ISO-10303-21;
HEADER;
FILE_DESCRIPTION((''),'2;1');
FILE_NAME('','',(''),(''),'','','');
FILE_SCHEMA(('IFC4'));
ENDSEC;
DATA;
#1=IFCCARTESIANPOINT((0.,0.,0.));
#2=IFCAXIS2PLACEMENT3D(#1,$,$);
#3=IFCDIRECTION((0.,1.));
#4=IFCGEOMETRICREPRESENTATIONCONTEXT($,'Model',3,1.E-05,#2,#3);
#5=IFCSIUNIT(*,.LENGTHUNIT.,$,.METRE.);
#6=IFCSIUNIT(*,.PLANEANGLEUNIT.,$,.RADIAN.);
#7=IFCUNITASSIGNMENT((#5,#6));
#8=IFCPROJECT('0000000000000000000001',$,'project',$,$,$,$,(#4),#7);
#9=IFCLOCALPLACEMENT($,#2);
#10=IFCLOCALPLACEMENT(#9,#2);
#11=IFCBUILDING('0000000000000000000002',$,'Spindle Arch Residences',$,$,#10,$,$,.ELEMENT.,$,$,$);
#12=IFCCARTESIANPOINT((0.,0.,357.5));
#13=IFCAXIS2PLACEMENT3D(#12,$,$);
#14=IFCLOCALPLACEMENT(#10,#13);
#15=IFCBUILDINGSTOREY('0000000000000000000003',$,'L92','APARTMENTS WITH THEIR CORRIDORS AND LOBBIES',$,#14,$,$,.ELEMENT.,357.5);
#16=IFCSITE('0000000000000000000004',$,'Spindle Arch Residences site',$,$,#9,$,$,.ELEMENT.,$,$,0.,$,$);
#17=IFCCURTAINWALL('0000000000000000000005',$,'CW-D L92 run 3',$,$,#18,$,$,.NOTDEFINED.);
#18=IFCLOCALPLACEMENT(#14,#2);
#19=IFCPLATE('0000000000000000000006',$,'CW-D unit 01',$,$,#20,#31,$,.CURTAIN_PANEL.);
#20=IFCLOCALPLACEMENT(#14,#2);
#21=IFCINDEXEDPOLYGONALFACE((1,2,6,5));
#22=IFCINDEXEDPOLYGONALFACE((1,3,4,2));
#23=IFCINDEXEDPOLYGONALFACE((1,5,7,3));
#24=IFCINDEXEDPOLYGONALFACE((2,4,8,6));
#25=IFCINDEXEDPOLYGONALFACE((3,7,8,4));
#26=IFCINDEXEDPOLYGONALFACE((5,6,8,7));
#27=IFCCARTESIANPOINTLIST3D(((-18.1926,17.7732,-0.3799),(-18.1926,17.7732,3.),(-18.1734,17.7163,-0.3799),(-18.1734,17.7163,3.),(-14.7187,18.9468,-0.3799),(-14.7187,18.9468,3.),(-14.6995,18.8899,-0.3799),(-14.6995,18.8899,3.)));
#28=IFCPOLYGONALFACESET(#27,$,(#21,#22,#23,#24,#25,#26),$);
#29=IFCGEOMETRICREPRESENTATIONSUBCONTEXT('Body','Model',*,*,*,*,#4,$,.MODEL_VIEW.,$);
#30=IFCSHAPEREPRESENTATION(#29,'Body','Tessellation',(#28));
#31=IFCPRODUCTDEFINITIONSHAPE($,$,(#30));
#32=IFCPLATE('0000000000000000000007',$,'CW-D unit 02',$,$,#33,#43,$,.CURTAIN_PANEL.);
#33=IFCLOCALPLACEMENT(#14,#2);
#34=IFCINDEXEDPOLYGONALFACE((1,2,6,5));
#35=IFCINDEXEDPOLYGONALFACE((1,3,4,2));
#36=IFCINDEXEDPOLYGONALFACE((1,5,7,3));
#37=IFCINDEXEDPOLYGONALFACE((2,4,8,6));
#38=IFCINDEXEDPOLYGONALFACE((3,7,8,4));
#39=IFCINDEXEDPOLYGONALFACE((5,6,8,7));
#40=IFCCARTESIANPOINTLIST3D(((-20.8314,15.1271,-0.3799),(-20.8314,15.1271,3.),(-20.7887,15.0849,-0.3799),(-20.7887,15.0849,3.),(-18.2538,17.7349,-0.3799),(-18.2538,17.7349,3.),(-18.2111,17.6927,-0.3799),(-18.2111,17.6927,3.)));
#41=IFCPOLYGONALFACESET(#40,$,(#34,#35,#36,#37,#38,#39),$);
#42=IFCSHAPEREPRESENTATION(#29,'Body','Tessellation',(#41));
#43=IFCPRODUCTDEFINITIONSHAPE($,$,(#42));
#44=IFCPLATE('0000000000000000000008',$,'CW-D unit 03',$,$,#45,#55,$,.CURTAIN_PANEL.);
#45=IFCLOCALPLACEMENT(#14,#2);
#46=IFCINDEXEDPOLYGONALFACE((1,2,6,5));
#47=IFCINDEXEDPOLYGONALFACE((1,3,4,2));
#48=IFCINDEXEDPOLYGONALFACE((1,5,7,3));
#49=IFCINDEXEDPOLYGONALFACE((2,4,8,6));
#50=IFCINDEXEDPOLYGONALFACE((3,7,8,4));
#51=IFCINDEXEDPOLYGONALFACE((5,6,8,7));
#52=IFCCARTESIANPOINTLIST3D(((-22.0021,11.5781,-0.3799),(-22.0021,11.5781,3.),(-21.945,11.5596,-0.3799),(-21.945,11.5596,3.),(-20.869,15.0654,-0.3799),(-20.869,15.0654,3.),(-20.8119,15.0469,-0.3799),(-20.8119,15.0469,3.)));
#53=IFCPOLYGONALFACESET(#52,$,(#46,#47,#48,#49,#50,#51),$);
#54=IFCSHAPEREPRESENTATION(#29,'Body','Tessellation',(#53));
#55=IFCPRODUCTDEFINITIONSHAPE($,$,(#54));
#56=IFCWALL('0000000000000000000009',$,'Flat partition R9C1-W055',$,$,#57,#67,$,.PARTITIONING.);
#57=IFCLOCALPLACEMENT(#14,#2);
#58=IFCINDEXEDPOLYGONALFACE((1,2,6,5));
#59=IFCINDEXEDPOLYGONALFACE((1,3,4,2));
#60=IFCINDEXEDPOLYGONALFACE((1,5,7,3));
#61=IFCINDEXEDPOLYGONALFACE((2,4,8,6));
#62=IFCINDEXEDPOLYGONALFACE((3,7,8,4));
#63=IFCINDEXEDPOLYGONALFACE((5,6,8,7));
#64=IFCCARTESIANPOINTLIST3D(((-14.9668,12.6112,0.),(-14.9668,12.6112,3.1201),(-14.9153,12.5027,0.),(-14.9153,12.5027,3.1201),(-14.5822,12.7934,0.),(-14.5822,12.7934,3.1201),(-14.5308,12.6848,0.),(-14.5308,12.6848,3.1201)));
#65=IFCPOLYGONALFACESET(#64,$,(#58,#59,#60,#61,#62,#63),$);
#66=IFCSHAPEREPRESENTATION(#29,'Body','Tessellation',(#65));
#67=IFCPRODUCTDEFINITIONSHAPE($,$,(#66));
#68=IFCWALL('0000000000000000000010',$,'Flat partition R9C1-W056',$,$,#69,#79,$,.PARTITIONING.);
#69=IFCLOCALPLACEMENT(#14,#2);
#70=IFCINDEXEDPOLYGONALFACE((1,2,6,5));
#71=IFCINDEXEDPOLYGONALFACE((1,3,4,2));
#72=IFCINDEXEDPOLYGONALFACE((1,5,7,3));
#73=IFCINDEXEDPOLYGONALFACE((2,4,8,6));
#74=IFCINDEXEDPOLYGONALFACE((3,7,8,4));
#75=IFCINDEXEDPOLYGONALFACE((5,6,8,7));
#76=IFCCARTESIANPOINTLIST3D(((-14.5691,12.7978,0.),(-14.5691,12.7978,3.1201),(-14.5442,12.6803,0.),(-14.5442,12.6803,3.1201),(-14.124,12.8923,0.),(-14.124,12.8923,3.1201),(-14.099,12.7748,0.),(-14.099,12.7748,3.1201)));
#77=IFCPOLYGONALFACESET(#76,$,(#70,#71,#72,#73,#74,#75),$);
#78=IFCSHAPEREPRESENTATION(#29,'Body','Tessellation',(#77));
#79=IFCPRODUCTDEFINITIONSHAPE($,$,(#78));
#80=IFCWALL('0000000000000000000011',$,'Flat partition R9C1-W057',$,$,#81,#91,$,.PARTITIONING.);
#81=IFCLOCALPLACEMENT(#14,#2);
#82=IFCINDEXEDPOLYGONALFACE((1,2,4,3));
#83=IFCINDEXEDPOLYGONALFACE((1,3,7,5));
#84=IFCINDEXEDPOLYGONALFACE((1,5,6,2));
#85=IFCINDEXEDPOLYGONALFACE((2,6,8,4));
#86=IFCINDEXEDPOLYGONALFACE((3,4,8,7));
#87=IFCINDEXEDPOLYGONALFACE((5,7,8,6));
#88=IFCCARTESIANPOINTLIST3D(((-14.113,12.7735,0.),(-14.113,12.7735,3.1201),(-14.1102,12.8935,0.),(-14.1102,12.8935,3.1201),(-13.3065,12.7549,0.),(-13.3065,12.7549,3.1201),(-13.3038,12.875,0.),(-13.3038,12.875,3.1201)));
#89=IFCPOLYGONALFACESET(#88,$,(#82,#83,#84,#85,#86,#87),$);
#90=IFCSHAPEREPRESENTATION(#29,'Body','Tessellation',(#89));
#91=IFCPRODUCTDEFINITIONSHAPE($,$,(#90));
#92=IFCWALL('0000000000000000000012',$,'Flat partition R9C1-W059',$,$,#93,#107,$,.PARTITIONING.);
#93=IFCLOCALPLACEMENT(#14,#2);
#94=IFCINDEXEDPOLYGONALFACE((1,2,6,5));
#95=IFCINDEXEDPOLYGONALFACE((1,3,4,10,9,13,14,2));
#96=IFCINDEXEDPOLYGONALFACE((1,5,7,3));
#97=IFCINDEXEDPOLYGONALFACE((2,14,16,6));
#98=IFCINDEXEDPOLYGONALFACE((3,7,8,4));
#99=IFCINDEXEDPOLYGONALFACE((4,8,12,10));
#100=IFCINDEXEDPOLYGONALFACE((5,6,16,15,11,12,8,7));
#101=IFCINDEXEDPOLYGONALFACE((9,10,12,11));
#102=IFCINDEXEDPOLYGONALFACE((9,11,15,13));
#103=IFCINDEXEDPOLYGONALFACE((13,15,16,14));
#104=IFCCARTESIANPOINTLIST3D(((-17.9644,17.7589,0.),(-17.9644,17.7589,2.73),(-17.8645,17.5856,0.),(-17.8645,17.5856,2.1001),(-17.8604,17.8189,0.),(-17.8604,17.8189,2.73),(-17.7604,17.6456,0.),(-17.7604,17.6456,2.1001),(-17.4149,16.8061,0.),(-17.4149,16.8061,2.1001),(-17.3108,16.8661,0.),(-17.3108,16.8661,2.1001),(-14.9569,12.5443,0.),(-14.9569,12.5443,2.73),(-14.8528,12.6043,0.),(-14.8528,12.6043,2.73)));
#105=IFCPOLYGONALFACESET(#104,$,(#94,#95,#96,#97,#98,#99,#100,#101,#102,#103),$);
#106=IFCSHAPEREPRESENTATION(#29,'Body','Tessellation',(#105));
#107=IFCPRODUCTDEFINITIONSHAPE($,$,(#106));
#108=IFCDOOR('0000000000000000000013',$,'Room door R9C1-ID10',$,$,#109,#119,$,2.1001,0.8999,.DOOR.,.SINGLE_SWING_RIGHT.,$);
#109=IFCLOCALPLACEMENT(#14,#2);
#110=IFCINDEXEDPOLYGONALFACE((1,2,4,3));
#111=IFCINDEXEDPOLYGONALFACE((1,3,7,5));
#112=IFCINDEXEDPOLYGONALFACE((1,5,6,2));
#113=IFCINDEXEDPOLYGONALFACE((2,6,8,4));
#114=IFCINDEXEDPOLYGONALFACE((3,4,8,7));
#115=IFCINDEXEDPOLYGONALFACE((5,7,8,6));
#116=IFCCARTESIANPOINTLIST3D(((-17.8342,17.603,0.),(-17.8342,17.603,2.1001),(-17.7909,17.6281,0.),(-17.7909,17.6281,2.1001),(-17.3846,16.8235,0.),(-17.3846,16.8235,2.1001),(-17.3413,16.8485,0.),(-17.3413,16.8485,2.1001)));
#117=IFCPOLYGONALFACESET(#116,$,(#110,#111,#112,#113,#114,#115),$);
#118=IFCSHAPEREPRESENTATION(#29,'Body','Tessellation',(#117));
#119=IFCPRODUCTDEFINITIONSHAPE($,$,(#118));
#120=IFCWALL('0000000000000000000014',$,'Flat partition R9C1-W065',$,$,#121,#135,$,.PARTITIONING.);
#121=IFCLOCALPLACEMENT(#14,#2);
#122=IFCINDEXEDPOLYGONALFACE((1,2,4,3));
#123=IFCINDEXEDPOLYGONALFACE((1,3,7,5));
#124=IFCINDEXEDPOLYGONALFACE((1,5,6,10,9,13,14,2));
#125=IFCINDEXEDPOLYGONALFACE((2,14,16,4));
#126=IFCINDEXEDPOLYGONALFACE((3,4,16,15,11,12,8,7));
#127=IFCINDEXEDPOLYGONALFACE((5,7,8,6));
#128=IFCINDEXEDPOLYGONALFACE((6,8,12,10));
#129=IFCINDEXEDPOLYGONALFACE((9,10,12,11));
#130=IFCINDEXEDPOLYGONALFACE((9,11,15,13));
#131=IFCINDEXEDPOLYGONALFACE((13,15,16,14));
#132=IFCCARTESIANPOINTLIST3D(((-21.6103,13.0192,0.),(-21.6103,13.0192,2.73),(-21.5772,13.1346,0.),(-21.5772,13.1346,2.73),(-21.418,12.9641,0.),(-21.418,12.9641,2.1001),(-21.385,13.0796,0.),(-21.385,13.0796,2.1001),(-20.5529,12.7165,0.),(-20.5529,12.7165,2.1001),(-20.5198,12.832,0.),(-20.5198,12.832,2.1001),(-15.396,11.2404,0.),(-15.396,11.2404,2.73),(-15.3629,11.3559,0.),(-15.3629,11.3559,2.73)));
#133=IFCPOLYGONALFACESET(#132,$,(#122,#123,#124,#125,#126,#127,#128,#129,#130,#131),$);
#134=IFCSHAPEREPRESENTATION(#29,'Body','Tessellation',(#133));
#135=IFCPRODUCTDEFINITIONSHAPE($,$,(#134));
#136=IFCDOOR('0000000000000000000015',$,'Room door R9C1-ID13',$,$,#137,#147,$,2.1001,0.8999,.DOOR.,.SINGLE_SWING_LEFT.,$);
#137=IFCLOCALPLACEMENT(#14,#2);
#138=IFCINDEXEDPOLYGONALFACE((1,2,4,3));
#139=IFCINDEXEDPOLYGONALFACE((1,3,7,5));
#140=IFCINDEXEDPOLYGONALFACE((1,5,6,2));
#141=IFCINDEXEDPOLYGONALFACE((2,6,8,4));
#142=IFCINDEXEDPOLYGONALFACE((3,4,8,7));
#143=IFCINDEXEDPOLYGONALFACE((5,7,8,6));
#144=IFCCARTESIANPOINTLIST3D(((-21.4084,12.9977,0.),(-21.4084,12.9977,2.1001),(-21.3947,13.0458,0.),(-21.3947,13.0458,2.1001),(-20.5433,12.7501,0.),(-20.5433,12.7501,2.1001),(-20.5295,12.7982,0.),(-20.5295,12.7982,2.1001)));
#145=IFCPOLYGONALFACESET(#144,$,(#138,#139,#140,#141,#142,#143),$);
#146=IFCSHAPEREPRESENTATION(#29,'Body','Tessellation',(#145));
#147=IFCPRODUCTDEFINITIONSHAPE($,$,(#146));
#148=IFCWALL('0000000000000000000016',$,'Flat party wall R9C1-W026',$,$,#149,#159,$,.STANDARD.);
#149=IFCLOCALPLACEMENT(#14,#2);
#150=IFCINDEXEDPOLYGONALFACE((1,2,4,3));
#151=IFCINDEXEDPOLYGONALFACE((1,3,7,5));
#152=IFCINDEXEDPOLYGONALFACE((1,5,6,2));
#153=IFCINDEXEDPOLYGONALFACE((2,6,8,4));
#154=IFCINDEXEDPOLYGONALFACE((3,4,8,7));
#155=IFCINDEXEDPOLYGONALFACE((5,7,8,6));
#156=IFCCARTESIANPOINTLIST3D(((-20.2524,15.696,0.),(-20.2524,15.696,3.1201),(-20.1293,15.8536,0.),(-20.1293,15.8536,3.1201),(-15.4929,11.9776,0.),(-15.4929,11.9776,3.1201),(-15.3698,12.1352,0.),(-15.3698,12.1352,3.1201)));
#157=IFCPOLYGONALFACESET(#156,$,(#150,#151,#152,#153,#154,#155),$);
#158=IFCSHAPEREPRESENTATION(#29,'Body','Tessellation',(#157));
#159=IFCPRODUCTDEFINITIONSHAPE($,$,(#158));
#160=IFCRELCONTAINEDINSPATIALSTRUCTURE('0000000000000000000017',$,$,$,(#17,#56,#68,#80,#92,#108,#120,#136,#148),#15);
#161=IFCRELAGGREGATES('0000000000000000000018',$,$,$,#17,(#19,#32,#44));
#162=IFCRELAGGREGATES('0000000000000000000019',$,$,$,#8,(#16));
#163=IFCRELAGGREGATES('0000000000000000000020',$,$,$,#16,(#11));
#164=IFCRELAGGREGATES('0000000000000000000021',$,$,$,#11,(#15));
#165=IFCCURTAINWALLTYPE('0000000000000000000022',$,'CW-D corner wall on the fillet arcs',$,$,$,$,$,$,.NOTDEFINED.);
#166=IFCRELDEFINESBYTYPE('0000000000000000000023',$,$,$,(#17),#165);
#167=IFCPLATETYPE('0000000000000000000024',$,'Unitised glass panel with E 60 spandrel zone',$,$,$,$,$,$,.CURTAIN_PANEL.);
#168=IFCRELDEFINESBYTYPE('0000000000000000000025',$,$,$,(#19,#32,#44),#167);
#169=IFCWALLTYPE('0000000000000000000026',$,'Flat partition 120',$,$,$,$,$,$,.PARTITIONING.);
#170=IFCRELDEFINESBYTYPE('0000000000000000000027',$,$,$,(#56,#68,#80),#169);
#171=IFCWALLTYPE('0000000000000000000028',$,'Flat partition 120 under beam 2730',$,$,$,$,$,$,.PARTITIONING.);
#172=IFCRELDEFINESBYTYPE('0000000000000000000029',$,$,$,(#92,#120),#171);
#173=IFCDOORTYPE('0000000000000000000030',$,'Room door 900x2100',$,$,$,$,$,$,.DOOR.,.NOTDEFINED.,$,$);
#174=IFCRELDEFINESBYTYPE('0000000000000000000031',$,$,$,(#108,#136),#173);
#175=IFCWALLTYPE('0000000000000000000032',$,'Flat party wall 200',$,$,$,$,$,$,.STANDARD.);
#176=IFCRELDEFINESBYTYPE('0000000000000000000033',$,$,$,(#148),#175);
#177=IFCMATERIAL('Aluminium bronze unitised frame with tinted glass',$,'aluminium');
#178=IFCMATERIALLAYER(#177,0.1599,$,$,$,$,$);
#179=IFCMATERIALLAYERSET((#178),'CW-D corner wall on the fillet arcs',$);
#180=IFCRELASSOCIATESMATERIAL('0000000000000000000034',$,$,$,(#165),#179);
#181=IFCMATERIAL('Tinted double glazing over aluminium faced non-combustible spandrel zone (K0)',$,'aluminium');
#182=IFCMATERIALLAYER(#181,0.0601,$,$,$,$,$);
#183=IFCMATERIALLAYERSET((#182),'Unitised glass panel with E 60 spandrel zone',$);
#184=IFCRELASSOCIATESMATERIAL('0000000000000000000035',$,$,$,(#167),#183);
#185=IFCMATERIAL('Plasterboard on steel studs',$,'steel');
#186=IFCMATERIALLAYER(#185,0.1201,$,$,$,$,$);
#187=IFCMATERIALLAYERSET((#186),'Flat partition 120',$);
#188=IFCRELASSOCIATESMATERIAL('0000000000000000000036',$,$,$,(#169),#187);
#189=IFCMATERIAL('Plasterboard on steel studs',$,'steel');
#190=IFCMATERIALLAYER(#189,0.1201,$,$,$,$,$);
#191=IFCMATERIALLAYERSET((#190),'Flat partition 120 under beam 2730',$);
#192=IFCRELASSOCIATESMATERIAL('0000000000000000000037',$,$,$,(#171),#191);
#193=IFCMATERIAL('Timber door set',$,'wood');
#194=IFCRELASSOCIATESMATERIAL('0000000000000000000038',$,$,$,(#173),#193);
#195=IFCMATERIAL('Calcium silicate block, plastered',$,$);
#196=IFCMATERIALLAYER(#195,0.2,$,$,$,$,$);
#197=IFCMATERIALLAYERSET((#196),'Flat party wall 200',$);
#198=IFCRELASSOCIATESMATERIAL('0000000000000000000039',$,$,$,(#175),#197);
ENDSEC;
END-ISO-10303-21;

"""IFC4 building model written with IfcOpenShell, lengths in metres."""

from ifc_helpers import new_model, si_unit, direction, frame, frame_2d, origin, origin_2d, place, context, subcontext, project, spatial, rectangle, extrude, material, layer, layer_set, type_object, element, fill, aggregate, save


model = new_model("IFC4")

# Units and contexts
model_context = context("Model", 3, precision=1e-05, world=origin(), true_north=direction((0.0, 1.0)))
body_context = subcontext(model_context, "Body", "Model", "MODEL_VIEW")
ifc_project = project(units=[si_unit("LENGTHUNIT", "METRE"), si_unit("PLANEANGLEUNIT", "RADIAN")], contexts=[model_context])

# Site, building, storey
site_placement = place(None, origin())
site = spatial("IfcSite", under=ifc_project, at=site_placement, Name="Spindle Arch Residences site", CompositionType="ELEMENT", RefElevation=0.0)
building_placement = place(site_placement, origin())
building = spatial("IfcBuilding", under=site, at=building_placement, Name="Spindle Arch Residences", CompositionType="ELEMENT")
storey_placement = place(building_placement, frame((0.0, 0.0, 357.5)))
storey = spatial("IfcBuildingStorey", under=building, at=storey_placement, Name="L92", Description="APARTMENTS WITH THEIR CORRIDORS AND LOBBIES", CompositionType="ELEMENT", Elevation=357.5)

# Curtain wall
ifc_material_1 = material(Name="Aluminium bronze unitised frame with tinted glass", Category="aluminium")
ifc_layer_1 = layer(ifc_material_1, 0.1599)
ifc_layer_set_1 = layer_set([ifc_layer_1], Name="CW-D corner wall on the fillet arcs")
curtain_wall_type = type_object("IfcCurtainWallType", Name="CW-D corner wall on the fillet arcs", PredefinedType="NOTDEFINED", material=ifc_layer_set_1)
curtain_wall_placement = place(storey_placement, origin())
curtain_wall = element("IfcCurtainWall", 1, at=curtain_wall_placement, inside=storey, type_object=curtain_wall_type, Name="CW-D L92 run 3", PredefinedType="NOTDEFINED")

# Plates
ifc_material_2 = material(Name="Tinted double glazing over aluminium faced non-combustible spandrel zone (K0)", Category="aluminium")
ifc_layer_2 = layer(ifc_material_2, 0.0601)
ifc_layer_set_2 = layer_set([ifc_layer_2], Name="Unitised glass panel with E 60 spandrel zone")
plate_type = type_object("IfcPlateType", Name="Unitised glass panel with E 60 spandrel zone", PredefinedType="CURTAIN_PANEL", material=ifc_layer_set_2)
plate_1_placement = place(storey_placement, frame((-16.446, 18.3315, -0.3799), z_axis=(0.0, 0.0, 1.0), x_axis=(-0.947397, -0.320062, 0.0)))
plate_1 = element("IfcPlate", 2, at=plate_1_placement, type_object=plate_type, Name="CW-D unit 01", PredefinedType="CURTAIN_PANEL", context=body_context, shape_type="SweptSolid", body=[
    extrude(rectangle(XDim=3.6667, YDim=0.0601, at=origin_2d()), origin(), (0.0, 0.0, 1.0), 3.3799),
])
plate_2_placement = place(storey_placement, frame((-19.5212, 16.4099, -0.3799), z_axis=(0.0, 0.0, 1.0), x_axis=(-0.702981, -0.711209, 0.0)))
plate_2 = element("IfcPlate", 3, at=plate_2_placement, type_object=plate_type, Name="CW-D unit 02", PredefinedType="CURTAIN_PANEL", context=body_context, shape_type="SweptSolid", body=[
    extrude(rectangle(XDim=3.6667, YDim=0.0601, at=origin_2d()), origin(), (0.0, 0.0, 1.0), 3.3799),
])
plate_3_placement = place(storey_placement, frame((-21.407, 13.3125, -0.3799), z_axis=(0.0, 0.0, 1.0), x_axis=(-0.309017, -0.951057, 0.0)))
plate_3 = element("IfcPlate", 4, at=plate_3_placement, type_object=plate_type, Name="CW-D unit 03", PredefinedType="CURTAIN_PANEL", context=body_context, shape_type="SweptSolid", body=[
    extrude(rectangle(XDim=3.6667, YDim=0.0601, at=origin_2d()), origin(), (0.0, 0.0, 1.0), 3.3799),
])
aggregate(curtain_wall, [plate_1, plate_2, plate_3])

# Walls
ifc_material_3 = material(Name="Plasterboard on steel studs", Category="steel")
ifc_layer_3 = layer(ifc_material_3, 0.1201)
ifc_layer_set_3 = layer_set([ifc_layer_3], Name="Flat partition 120")
wall_type_1 = type_object("IfcWallType", Name="Flat partition 120", PredefinedType="PARTITIONING", material=ifc_layer_set_3)
wall_1_placement = place(storey_placement, frame((-14.9412, 12.5569, 0.0), z_axis=(0.0, 0.0, 1.0), x_axis=(0.90375, 0.428062, 0.0)))
element("IfcWall", 5, at=wall_1_placement, inside=storey, type_object=wall_type_1, Name="Flat partition R9C1-W055", PredefinedType="PARTITIONING", context=body_context, shape_type="SweptSolid", body=[
    extrude(rectangle(XDim=0.4255, YDim=0.1201, at=frame_2d((0.2129, 0.0))), origin(), (0.0, 0.0, 1.0), 3.1201),
])
wall_2_placement = place(storey_placement, frame((-14.5566, 12.739, 0.0), z_axis=(0.0, 0.0, 1.0), x_axis=(0.978201, 0.20766, 0.0)))
element("IfcWall", 6, at=wall_2_placement, inside=storey, type_object=wall_type_1, Name="Flat partition R9C1-W056", PredefinedType="PARTITIONING", context=body_context, shape_type="SweptSolid", body=[
    extrude(rectangle(XDim=0.4551, YDim=0.1201, at=frame_2d((0.2275, 0.0))), origin(), (0.0, 0.0, 1.0), 3.1201),
])
wall_3_placement = place(storey_placement, frame((-14.1116, 12.8335, 0.0), z_axis=(0.0, 0.0, 1.0), x_axis=(0.999735, -0.023003, 0.0)))
element("IfcWall", 7, at=wall_3_placement, inside=storey, type_object=wall_type_1, Name="Flat partition R9C1-W057", PredefinedType="PARTITIONING", context=body_context, shape_type="SweptSolid", body=[
    extrude(rectangle(XDim=0.8066, YDim=0.1201, at=frame_2d((0.4033, 0.0))), origin(), (0.0, 0.0, 1.0), 3.1201),
])

# Walls, openings, doors
ifc_material_4 = material(Name="Plasterboard on steel studs", Category="steel")
ifc_layer_4 = layer(ifc_material_4, 0.1201)
ifc_layer_set_4 = layer_set([ifc_layer_4], Name="Flat partition 120 under beam 2730")
wall_type_2 = type_object("IfcWallType", Name="Flat partition 120 under beam 2730", PredefinedType="PARTITIONING", material=ifc_layer_set_4)
wall_4_placement = place(storey_placement, frame((-17.9124, 17.7888, 0.0), z_axis=(0.0, 0.0, 1.0), x_axis=(0.499616, -0.866247, 0.0)))
wall_4 = element("IfcWall", 8, at=wall_4_placement, inside=storey, type_object=wall_type_2, Name="Flat partition R9C1-W059", PredefinedType="PARTITIONING", context=body_context, shape_type="SweptSolid", body=[
    extrude(rectangle(XDim=6.0198, YDim=0.1201, at=frame_2d((3.0098, 0.0))), origin(), (0.0, 0.0, 1.0), 2.73),
])
opening_1_placement = place(wall_4_placement, frame((0.2, 0.0, 0.0)))
opening_1 = element("IfcOpeningElement", 9, at=opening_1_placement, cuts=wall_4, PredefinedType="OPENING", context=body_context, shape_type="SweptSolid", body=[
    extrude(rectangle(XDim=0.8999, YDim=2.1001, at=frame_2d((0.45, 1.05))), frame((0.0, 0.0701, 0.0), z_axis=(0.0, -1.0, 0.0), x_axis=(1.0, 0.0, 0.0)), (0.0, 0.0, 1.0), 0.1401),
])
ifc_material_5 = material(Name="Timber door set", Category="wood")
door_type = type_object("IfcDoorType", Name="Room door 900x2100", OperationType="NOTDEFINED", PredefinedType="DOOR", material=ifc_material_5)
door_1_placement = place(opening_1_placement, origin())
door_1 = element("IfcDoor", 10, at=door_1_placement, inside=storey, type_object=door_type, Name="Room door R9C1-ID10", OperationType="SINGLE_SWING_RIGHT", OverallHeight=2.1001, OverallWidth=0.8999, PredefinedType="DOOR", context=body_context, shape_type="SweptSolid", body=[
    extrude(rectangle(XDim=0.8999, YDim=2.1001, at=frame_2d((0.45, 1.05))), frame((0.0, 0.0249, 0.0), z_axis=(0.0, -1.0, 0.0), x_axis=(1.0, 0.0, 0.0)), (0.0, 0.0, 1.0), 0.05),
])
fill(opening_1, door_1)
wall_5_placement = place(storey_placement, frame((-21.5938, 13.0769, 0.0), z_axis=(0.0, 0.0, 1.0), x_axis=(0.96139, -0.27519, 0.0)))
wall_5 = element("IfcWall", 11, at=wall_5_placement, inside=storey, type_object=wall_type_2, Name="Flat partition R9C1-W065", PredefinedType="PARTITIONING", context=body_context, shape_type="SweptSolid", body=[
    extrude(rectangle(XDim=6.4639, YDim=0.1201, at=frame_2d((3.2319, 0.0))), origin(), (0.0, 0.0, 1.0), 2.73),
])
opening_2_placement = place(wall_5_placement, frame((0.2, 0.0, 0.0)))
opening_2 = element("IfcOpeningElement", 12, at=opening_2_placement, cuts=wall_5, PredefinedType="OPENING", context=body_context, shape_type="SweptSolid", body=[
    extrude(rectangle(XDim=0.8999, YDim=2.1001, at=frame_2d((0.45, 1.05))), frame((0.0, 0.0701, 0.0), z_axis=(0.0, -1.0, 0.0), x_axis=(1.0, 0.0, 0.0)), (0.0, 0.0, 1.0), 0.1401),
])
door_2_placement = place(opening_2_placement, origin())
door_2 = element("IfcDoor", 13, at=door_2_placement, inside=storey, type_object=door_type, Name="Room door R9C1-ID13", OperationType="SINGLE_SWING_LEFT", OverallHeight=2.1001, OverallWidth=0.8999, PredefinedType="DOOR", context=body_context, shape_type="SweptSolid", body=[
    extrude(rectangle(XDim=0.8999, YDim=2.1001, at=frame_2d((0.45, 1.05))), frame((0.0, 0.0249, 0.0), z_axis=(0.0, -1.0, 0.0), x_axis=(1.0, 0.0, 0.0)), (0.0, 0.0, 1.0), 0.05),
])
fill(opening_2, door_2)

# Wall
ifc_material_6 = material(Name="Calcium silicate block, plastered")
ifc_layer_5 = layer(ifc_material_6, 0.2)
ifc_layer_set_5 = layer_set([ifc_layer_5], Name="Flat party wall 200")
wall_type_3 = type_object("IfcWallType", Name="Flat party wall 200", PredefinedType="STANDARD", material=ifc_layer_set_5)
wall_6_placement = place(storey_placement, frame((-20.1909, 15.7749, 0.0), z_axis=(0.0, 0.0, 1.0), x_axis=(0.788014, -0.615657, 0.0)))
element("IfcWall", 14, at=wall_6_placement, inside=storey, type_object=wall_type_3, Name="Flat party wall R9C1-W026", PredefinedType="STANDARD", context=body_context, shape_type="SweptSolid", body=[
    extrude(rectangle(XDim=6.0398, YDim=0.2, at=frame_2d((3.02, 0.0))), origin(), (0.0, 0.0, 1.0), 3.1201),
])

save(model, "model.ifc")
